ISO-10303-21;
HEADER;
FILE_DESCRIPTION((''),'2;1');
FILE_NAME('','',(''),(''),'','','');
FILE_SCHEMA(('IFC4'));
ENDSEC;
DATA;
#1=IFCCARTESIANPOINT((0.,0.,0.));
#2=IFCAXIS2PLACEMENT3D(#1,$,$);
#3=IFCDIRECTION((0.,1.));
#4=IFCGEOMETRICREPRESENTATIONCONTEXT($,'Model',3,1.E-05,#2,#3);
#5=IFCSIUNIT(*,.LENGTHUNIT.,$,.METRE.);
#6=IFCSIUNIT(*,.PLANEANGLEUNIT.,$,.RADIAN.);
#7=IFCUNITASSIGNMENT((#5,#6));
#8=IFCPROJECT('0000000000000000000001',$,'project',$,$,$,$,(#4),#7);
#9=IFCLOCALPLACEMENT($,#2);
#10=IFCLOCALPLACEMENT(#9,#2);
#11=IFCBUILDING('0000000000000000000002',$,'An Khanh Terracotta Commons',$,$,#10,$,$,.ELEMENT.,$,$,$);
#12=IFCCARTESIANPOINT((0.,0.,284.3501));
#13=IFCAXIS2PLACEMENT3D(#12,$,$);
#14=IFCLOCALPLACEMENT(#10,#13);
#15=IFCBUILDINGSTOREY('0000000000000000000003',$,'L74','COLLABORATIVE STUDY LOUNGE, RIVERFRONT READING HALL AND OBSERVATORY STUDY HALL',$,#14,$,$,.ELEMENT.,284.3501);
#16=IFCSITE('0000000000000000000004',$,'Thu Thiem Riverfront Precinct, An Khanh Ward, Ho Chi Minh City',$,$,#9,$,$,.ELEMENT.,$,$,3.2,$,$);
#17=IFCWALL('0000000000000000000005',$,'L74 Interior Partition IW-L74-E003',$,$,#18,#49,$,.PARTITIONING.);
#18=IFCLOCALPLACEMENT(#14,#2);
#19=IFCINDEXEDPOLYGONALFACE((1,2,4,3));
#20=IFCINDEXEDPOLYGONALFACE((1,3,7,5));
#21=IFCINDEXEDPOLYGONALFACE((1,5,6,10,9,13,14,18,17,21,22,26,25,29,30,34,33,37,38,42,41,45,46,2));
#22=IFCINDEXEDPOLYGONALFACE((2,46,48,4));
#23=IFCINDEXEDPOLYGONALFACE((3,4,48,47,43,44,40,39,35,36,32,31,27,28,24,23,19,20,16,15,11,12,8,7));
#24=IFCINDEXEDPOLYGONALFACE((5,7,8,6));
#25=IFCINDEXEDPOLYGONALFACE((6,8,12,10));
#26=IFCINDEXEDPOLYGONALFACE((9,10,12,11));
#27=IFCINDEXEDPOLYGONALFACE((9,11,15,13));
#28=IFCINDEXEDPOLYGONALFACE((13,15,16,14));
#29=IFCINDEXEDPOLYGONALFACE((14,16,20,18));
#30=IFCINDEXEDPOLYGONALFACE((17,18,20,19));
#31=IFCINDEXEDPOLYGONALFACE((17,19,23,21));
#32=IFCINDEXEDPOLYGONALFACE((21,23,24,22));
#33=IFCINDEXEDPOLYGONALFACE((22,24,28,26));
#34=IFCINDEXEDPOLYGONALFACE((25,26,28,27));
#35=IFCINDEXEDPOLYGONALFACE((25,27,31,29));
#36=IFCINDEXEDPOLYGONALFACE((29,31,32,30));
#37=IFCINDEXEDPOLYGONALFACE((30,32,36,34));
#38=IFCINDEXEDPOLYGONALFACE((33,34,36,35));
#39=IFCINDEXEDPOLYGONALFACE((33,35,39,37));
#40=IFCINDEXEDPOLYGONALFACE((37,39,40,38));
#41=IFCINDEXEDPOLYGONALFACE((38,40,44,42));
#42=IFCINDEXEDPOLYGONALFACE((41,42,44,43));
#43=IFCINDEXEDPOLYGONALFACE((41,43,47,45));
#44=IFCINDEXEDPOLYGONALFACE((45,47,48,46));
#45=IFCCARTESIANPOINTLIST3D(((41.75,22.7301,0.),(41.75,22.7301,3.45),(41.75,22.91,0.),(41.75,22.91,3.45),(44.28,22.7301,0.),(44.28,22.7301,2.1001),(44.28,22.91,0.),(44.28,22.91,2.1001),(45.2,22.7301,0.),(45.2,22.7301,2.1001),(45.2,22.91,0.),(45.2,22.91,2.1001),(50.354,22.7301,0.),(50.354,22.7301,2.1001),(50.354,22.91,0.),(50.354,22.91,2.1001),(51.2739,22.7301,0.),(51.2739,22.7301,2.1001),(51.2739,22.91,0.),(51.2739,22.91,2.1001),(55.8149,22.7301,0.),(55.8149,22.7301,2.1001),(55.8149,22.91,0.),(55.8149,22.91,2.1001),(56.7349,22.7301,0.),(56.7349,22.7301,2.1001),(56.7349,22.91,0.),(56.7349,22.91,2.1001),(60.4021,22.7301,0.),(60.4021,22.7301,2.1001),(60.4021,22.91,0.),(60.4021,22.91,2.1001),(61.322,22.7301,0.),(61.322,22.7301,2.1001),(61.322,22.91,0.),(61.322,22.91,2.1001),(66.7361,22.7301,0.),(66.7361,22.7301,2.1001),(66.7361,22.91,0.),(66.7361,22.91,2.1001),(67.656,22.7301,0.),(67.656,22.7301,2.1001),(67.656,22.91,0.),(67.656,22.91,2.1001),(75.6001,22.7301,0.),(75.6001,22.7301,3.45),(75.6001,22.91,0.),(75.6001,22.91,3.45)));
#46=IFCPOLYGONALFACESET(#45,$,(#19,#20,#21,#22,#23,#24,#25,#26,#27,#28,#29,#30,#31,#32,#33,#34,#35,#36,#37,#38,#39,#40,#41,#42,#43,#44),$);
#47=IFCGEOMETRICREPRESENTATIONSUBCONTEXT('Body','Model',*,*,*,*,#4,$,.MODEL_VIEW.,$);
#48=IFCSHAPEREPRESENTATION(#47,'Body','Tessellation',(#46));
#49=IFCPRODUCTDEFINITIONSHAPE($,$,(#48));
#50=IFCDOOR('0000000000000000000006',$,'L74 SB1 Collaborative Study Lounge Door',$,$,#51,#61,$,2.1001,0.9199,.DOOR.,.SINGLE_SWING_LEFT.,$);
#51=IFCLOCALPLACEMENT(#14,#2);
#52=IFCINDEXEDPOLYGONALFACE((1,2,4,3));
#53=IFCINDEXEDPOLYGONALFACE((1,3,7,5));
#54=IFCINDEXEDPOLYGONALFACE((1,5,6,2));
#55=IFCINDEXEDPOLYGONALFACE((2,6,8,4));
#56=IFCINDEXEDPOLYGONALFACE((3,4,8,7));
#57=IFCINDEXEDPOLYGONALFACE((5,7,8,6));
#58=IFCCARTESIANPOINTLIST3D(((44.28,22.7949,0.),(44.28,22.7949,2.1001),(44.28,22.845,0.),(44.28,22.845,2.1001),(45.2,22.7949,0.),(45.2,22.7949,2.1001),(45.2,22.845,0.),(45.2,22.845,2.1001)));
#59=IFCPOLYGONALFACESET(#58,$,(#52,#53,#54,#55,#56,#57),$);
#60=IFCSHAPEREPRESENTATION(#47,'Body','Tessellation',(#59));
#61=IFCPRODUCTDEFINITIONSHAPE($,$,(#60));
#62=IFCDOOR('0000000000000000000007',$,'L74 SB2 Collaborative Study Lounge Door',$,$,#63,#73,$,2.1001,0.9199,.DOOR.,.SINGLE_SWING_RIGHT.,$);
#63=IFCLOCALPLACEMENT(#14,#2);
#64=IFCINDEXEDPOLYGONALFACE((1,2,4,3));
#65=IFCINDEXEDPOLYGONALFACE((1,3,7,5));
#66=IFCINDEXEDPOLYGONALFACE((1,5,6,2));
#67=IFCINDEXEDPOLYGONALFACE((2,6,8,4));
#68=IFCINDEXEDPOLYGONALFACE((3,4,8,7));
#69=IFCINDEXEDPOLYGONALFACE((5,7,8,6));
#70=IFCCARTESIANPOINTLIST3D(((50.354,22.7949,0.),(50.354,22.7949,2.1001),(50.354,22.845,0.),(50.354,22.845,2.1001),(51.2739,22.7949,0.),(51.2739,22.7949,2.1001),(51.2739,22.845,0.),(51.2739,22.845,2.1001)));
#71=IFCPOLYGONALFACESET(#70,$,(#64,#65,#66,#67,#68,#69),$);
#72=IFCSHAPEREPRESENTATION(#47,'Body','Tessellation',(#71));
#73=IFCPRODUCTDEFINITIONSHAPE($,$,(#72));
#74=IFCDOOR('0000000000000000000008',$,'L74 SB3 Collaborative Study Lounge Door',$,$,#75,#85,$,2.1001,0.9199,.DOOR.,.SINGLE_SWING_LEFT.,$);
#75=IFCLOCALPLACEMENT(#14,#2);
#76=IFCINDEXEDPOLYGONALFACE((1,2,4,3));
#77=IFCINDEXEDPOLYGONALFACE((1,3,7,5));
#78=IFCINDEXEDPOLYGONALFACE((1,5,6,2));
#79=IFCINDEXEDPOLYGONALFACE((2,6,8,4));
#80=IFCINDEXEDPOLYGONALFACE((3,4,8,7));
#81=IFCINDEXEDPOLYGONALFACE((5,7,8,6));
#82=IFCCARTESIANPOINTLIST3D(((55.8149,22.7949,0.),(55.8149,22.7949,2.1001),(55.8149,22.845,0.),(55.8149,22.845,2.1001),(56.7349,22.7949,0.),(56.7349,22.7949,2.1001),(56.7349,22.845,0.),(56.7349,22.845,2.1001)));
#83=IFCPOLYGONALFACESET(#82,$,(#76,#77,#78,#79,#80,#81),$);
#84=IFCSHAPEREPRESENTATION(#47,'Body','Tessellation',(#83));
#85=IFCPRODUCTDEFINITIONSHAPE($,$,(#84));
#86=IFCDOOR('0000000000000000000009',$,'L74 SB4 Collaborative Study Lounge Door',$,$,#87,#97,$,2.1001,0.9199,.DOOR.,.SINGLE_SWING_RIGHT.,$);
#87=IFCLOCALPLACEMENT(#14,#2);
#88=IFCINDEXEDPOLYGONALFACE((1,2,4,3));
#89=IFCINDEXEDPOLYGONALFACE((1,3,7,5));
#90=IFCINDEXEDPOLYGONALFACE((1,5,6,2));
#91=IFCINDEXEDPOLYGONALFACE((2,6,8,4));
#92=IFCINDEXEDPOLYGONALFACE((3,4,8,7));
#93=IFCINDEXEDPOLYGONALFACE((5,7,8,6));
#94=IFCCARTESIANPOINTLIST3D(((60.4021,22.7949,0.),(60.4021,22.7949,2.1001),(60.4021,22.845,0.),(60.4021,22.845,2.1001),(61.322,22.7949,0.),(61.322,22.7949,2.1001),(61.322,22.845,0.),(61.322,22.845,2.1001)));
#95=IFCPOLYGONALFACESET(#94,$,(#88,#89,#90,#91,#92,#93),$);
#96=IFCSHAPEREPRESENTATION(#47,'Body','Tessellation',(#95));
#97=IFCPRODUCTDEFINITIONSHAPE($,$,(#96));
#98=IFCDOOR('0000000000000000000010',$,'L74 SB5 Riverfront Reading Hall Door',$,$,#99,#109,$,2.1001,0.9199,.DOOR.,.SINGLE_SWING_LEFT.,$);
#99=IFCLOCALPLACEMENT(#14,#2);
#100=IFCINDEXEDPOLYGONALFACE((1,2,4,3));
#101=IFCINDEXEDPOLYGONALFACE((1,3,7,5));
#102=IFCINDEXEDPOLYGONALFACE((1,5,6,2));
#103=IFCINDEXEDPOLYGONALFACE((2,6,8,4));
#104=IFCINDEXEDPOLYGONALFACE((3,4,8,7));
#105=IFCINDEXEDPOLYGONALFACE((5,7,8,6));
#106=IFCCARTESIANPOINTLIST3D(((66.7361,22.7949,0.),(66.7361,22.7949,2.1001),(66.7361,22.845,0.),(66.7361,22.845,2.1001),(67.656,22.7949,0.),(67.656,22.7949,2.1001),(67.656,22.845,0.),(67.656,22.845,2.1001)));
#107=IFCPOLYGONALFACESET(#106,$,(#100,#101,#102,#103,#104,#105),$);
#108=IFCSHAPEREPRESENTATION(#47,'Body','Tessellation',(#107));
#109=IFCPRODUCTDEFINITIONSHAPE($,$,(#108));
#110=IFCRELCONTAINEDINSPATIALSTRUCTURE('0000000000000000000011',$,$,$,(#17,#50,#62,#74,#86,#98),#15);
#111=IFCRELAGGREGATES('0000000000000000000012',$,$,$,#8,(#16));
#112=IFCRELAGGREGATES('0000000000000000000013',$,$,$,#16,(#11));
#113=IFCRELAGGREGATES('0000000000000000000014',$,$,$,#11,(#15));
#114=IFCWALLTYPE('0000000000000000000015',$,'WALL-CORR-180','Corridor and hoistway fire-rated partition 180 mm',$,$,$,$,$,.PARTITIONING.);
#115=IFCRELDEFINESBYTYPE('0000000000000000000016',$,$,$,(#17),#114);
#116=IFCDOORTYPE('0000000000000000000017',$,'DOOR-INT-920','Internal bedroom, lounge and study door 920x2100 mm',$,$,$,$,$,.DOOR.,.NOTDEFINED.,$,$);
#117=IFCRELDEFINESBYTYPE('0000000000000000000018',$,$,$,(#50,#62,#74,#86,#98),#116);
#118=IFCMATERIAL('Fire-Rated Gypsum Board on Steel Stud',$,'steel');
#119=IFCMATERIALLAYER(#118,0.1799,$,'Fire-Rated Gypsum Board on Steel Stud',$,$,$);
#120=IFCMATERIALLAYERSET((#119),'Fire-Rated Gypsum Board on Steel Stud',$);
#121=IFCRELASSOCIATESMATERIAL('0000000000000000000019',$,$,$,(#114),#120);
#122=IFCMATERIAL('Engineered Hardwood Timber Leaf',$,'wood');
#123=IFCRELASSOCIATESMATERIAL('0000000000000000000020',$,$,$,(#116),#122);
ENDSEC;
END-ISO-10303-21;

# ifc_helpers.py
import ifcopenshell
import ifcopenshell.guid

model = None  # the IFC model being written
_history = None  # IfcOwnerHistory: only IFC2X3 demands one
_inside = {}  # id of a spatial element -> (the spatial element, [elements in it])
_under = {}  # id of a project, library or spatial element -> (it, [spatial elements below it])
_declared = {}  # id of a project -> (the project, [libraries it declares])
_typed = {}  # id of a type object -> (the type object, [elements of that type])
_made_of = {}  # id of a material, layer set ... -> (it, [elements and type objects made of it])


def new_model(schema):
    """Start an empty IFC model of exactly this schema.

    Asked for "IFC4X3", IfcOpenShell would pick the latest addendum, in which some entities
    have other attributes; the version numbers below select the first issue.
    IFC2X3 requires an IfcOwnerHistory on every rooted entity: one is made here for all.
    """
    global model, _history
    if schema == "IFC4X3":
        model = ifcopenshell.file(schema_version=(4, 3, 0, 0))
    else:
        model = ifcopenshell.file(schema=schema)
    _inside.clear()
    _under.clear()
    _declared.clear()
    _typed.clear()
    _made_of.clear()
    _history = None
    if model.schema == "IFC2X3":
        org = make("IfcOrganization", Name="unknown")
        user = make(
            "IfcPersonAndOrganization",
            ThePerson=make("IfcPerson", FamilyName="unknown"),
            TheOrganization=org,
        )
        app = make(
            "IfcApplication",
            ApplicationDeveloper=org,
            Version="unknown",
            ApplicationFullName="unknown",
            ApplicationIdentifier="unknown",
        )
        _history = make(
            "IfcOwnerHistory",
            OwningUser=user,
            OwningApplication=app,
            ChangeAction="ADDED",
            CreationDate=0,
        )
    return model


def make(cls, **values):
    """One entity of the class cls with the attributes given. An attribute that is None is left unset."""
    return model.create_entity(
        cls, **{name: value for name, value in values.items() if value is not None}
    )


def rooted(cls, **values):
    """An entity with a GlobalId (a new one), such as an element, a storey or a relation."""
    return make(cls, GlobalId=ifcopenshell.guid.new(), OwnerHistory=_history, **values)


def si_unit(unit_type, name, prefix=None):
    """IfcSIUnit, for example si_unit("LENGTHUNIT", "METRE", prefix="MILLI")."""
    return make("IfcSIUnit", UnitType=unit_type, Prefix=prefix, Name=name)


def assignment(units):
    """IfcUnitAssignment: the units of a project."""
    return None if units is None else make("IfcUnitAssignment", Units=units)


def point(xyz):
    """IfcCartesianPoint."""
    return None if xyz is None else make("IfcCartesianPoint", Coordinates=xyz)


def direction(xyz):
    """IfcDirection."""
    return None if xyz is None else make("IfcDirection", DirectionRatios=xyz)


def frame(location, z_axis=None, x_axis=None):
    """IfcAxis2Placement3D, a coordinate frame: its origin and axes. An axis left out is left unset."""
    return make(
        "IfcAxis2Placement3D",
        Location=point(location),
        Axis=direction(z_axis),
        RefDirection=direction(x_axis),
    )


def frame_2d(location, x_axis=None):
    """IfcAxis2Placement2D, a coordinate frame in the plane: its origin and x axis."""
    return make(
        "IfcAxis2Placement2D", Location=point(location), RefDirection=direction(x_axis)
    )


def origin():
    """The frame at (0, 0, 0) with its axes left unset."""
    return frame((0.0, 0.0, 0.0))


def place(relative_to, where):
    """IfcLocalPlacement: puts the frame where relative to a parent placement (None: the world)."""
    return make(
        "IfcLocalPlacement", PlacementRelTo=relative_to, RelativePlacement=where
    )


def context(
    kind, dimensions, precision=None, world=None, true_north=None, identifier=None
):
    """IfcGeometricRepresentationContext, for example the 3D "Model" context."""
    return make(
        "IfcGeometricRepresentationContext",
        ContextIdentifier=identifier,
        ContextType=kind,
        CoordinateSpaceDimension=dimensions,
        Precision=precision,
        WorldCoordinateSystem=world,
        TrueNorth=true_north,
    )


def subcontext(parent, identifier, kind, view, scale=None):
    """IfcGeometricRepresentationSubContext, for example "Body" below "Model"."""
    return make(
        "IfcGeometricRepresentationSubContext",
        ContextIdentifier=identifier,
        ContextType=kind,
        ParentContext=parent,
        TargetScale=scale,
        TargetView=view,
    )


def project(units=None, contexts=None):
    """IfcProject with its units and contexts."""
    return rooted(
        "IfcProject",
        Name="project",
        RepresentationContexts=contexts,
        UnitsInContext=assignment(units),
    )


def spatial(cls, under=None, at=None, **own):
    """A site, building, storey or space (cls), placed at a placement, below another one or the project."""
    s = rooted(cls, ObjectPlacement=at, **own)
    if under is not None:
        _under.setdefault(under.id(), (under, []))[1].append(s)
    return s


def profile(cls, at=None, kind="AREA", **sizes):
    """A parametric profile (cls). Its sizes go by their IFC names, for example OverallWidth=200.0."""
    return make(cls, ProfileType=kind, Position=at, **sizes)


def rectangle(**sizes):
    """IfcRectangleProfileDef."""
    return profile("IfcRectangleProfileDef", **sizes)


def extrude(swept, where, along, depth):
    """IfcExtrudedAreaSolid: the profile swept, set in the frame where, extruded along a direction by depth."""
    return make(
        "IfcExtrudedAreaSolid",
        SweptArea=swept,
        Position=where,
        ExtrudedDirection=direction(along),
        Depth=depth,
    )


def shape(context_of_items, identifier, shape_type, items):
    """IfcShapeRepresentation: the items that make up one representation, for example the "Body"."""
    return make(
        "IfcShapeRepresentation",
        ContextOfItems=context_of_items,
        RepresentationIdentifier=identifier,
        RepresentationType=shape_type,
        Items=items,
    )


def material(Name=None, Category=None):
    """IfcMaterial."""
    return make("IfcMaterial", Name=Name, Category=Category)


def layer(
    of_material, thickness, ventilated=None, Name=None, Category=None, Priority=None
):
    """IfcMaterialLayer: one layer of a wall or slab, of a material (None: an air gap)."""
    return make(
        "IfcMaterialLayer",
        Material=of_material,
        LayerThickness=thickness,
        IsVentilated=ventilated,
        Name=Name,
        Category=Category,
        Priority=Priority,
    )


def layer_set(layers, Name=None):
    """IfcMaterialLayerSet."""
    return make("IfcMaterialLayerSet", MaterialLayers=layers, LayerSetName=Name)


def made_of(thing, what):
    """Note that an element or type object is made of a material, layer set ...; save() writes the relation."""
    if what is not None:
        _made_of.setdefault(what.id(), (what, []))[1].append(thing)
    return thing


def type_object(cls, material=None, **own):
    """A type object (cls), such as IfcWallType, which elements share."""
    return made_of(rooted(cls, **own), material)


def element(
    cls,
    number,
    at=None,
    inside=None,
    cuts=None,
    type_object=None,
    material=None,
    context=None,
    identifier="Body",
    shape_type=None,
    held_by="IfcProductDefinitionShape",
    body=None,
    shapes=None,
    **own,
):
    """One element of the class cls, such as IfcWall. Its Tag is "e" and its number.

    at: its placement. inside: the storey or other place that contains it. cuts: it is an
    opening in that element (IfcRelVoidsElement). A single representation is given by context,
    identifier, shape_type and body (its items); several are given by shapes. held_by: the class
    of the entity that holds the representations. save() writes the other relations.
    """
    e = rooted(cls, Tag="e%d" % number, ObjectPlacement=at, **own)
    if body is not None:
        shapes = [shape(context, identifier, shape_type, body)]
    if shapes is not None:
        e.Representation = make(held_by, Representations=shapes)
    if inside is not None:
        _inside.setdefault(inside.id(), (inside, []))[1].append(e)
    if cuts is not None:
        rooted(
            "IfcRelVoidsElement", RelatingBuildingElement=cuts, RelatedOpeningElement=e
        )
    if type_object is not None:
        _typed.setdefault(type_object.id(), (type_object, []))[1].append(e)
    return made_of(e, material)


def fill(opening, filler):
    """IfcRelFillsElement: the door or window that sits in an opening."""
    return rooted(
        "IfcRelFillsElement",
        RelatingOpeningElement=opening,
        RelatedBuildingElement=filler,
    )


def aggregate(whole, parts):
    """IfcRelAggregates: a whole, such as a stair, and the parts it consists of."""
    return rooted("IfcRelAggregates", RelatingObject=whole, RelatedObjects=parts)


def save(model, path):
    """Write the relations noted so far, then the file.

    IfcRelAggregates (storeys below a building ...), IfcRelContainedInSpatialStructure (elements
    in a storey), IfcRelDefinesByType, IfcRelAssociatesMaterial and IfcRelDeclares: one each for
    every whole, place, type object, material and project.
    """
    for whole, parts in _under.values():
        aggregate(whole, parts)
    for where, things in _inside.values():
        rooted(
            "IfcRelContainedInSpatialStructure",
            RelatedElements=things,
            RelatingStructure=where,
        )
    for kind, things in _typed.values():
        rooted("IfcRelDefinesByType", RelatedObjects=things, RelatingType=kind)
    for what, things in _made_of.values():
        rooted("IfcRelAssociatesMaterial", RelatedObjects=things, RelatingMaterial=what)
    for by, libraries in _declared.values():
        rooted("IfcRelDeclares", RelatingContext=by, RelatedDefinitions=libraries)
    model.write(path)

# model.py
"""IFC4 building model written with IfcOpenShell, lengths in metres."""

from ifc_helpers import new_model, si_unit, direction, frame, frame_2d, origin, place, context, subcontext, project, spatial, rectangle, extrude, material, layer, layer_set, type_object, element, fill, save


model = new_model("IFC4")

# Units and contexts
model_context = context("Model", 3, precision=1e-05, world=origin(), true_north=direction((0.0, 1.0)))
body_context = subcontext(model_context, "Body", "Model", "MODEL_VIEW")
ifc_project = project(units=[si_unit("LENGTHUNIT", "METRE"), si_unit("PLANEANGLEUNIT", "RADIAN")], contexts=[model_context])

# Site, building, storey
site_placement = place(None, origin())
site = spatial("IfcSite", under=ifc_project, at=site_placement, Name="Thu Thiem Riverfront Precinct, An Khanh Ward, Ho Chi Minh City", CompositionType="ELEMENT", RefElevation=3.2)
building_placement = place(site_placement, origin())
building = spatial("IfcBuilding", under=site, at=building_placement, Name="An Khanh Terracotta Commons", CompositionType="ELEMENT")
storey_placement = place(building_placement, frame((0.0, 0.0, 284.3501)))
storey = spatial("IfcBuildingStorey", under=building, at=storey_placement, Name="L74", Description="COLLABORATIVE STUDY LOUNGE, RIVERFRONT READING HALL AND OBSERVATORY STUDY HALL", CompositionType="ELEMENT", Elevation=284.3501)

# Shared definitions
ifc_material_1 = material(Name="Fire-Rated Gypsum Board on Steel Stud", Category="steel")
ifc_layer_1 = layer(ifc_material_1, 0.1799, Name="Fire-Rated Gypsum Board on Steel Stud")
ifc_layer_set_1 = layer_set([ifc_layer_1], Name="Fire-Rated Gypsum Board on Steel Stud")
wall_type_1 = type_object("IfcWallType", Name="WALL-CORR-180", Description="Corridor and hoistway fire-rated partition 180 mm", PredefinedType="PARTITIONING", material=ifc_layer_set_1)

# Wall, openings, doors
wall_1_placement = place(storey_placement, frame((41.75, 22.8201, 0.0), z_axis=(0.0, 0.0, 1.0), x_axis=(1.0, 0.0, 0.0)))
wall_1 = element("IfcWall", 1, at=wall_1_placement, inside=storey, type_object=wall_type_1, Name="L74 Interior Partition IW-L74-E003", PredefinedType="PARTITIONING", context=body_context, shape_type="SweptSolid", body=[
    extrude(rectangle(XDim=33.8501, YDim=0.1799, at=frame_2d((16.925, 0.0))), origin(), (0.0, 0.0, 1.0), 3.45),
])
opening_1_placement = place(wall_1_placement, frame((2.53, 0.0, 0.0)))
opening_1 = element("IfcOpeningElement", 2, at=opening_1_placement, cuts=wall_1, PredefinedType="OPENING", context=body_context, shape_type="SweptSolid", body=[
    extrude(rectangle(XDim=0.9199, YDim=2.1001, at=frame_2d((0.46, 1.05))), frame((0.0, 0.0999, 0.0), z_axis=(0.0, -1.0, 0.0), x_axis=(1.0, 0.0, 0.0)), (0.0, 0.0, 1.0), 0.2),
])
opening_2_placement = place(wall_1_placement, frame((8.604, 0.0, 0.0)))
opening_2 = element("IfcOpeningElement", 3, at=opening_2_placement, cuts=wall_1, PredefinedType="OPENING", context=body_context, shape_type="SweptSolid", body=[
    extrude(rectangle(XDim=0.9199, YDim=2.1001, at=frame_2d((0.46, 1.05))), frame((0.0, 0.0999, 0.0), z_axis=(0.0, -1.0, 0.0), x_axis=(1.0, 0.0, 0.0)), (0.0, 0.0, 1.0), 0.2),
])
opening_3_placement = place(wall_1_placement, frame((14.0649, 0.0, 0.0)))
opening_3 = element("IfcOpeningElement", 4, at=opening_3_placement, cuts=wall_1, PredefinedType="OPENING", context=body_context, shape_type="SweptSolid", body=[
    extrude(rectangle(XDim=0.9199, YDim=2.1001, at=frame_2d((0.46, 1.05))), frame((0.0, 0.0999, 0.0), z_axis=(0.0, -1.0, 0.0), x_axis=(1.0, 0.0, 0.0)), (0.0, 0.0, 1.0), 0.2),
])
opening_4_placement = place(wall_1_placement, frame((18.6521, 0.0, 0.0)))
opening_4 = element("IfcOpeningElement", 5, at=opening_4_placement, cuts=wall_1, PredefinedType="OPENING", context=body_context, shape_type="SweptSolid", body=[
    extrude(rectangle(XDim=0.9199, YDim=2.1001, at=frame_2d((0.46, 1.05))), frame((0.0, 0.0999, 0.0), z_axis=(0.0, -1.0, 0.0), x_axis=(1.0, 0.0, 0.0)), (0.0, 0.0, 1.0), 0.2),
])
opening_5_placement = place(wall_1_placement, frame((24.9861, 0.0, 0.0)))
opening_5 = element("IfcOpeningElement", 6, at=opening_5_placement, cuts=wall_1, PredefinedType="OPENING", context=body_context, shape_type="SweptSolid", body=[
    extrude(rectangle(XDim=0.9199, YDim=2.1001, at=frame_2d((0.46, 1.05))), frame((0.0, 0.0999, 0.0), z_axis=(0.0, -1.0, 0.0), x_axis=(1.0, 0.0, 0.0)), (0.0, 0.0, 1.0), 0.2),
])
ifc_material_2 = material(Name="Engineered Hardwood Timber Leaf", Category="wood")
door_type_1 = type_object("IfcDoorType", Name="DOOR-INT-920", Description="Internal bedroom, lounge and study door 920x2100 mm", OperationType="NOTDEFINED", PredefinedType="DOOR", material=ifc_material_2)
door_1_placement = place(opening_1_placement, origin())
door_1 = element("IfcDoor", 7, at=door_1_placement, inside=storey, type_object=door_type_1, Name="L74 SB1 Collaborative Study Lounge Door", OperationType="SINGLE_SWING_LEFT", OverallHeight=2.1001, OverallWidth=0.9199, PredefinedType="DOOR", context=body_context, shape_type="SweptSolid", body=[
    extrude(rectangle(XDim=0.9199, YDim=2.1001, at=frame_2d((0.46, 1.05))), frame((0.0, 0.0249, 0.0), z_axis=(0.0, -1.0, 0.0), x_axis=(1.0, 0.0, 0.0)), (0.0, 0.0, 1.0), 0.05),
])
fill(opening_1, door_1)
door_2_placement = place(opening_2_placement, origin())
door_2 = element("IfcDoor", 8, at=door_2_placement, inside=storey, type_object=door_type_1, Name="L74 SB2 Collaborative Study Lounge Door", OperationType="SINGLE_SWING_RIGHT", OverallHeight=2.1001, OverallWidth=0.9199, PredefinedType="DOOR", context=body_context, shape_type="SweptSolid", body=[
    extrude(rectangle(XDim=0.9199, YDim=2.1001, at=frame_2d((0.46, 1.05))), frame((0.0, 0.0249, 0.0), z_axis=(0.0, -1.0, 0.0), x_axis=(1.0, 0.0, 0.0)), (0.0, 0.0, 1.0), 0.05),
])
fill(opening_2, door_2)
door_3_placement = place(opening_3_placement, origin())
door_3 = element("IfcDoor", 9, at=door_3_placement, inside=storey, type_object=door_type_1, Name="L74 SB3 Collaborative Study Lounge Door", OperationType="SINGLE_SWING_LEFT", OverallHeight=2.1001, OverallWidth=0.9199, PredefinedType="DOOR", context=body_context, shape_type="SweptSolid", body=[
    extrude(rectangle(XDim=0.9199, YDim=2.1001, at=frame_2d((0.46, 1.05))), frame((0.0, 0.0249, 0.0), z_axis=(0.0, -1.0, 0.0), x_axis=(1.0, 0.0, 0.0)), (0.0, 0.0, 1.0), 0.05),
])
fill(opening_3, door_3)
door_4_placement = place(opening_4_placement, origin())
door_4 = element("IfcDoor", 10, at=door_4_placement, inside=storey, type_object=door_type_1, Name="L74 SB4 Collaborative Study Lounge Door", OperationType="SINGLE_SWING_RIGHT", OverallHeight=2.1001, OverallWidth=0.9199, PredefinedType="DOOR", context=body_context, shape_type="SweptSolid", body=[
    extrude(rectangle(XDim=0.9199, YDim=2.1001, at=frame_2d((0.46, 1.05))), frame((0.0, 0.0249, 0.0), z_axis=(0.0, -1.0, 0.0), x_axis=(1.0, 0.0, 0.0)), (0.0, 0.0, 1.0), 0.05),
])
fill(opening_4, door_4)
door_5_placement = place(opening_5_placement, origin())
door_5 = element("IfcDoor", 11, at=door_5_placement, inside=storey, type_object=door_type_1, Name="L74 SB5 Riverfront Reading Hall Door", OperationType="SINGLE_SWING_LEFT", OverallHeight=2.1001, OverallWidth=0.9199, PredefinedType="DOOR", context=body_context, shape_type="SweptSolid", body=[
    extrude(rectangle(XDim=0.9199, YDim=2.1001, at=frame_2d((0.46, 1.05))), frame((0.0, 0.0249, 0.0), z_axis=(0.0, -1.0, 0.0), x_axis=(1.0, 0.0, 0.0)), (0.0, 0.0, 1.0), 0.05),
])
fill(opening_5, door_5)

save(model, "model.ifc")
